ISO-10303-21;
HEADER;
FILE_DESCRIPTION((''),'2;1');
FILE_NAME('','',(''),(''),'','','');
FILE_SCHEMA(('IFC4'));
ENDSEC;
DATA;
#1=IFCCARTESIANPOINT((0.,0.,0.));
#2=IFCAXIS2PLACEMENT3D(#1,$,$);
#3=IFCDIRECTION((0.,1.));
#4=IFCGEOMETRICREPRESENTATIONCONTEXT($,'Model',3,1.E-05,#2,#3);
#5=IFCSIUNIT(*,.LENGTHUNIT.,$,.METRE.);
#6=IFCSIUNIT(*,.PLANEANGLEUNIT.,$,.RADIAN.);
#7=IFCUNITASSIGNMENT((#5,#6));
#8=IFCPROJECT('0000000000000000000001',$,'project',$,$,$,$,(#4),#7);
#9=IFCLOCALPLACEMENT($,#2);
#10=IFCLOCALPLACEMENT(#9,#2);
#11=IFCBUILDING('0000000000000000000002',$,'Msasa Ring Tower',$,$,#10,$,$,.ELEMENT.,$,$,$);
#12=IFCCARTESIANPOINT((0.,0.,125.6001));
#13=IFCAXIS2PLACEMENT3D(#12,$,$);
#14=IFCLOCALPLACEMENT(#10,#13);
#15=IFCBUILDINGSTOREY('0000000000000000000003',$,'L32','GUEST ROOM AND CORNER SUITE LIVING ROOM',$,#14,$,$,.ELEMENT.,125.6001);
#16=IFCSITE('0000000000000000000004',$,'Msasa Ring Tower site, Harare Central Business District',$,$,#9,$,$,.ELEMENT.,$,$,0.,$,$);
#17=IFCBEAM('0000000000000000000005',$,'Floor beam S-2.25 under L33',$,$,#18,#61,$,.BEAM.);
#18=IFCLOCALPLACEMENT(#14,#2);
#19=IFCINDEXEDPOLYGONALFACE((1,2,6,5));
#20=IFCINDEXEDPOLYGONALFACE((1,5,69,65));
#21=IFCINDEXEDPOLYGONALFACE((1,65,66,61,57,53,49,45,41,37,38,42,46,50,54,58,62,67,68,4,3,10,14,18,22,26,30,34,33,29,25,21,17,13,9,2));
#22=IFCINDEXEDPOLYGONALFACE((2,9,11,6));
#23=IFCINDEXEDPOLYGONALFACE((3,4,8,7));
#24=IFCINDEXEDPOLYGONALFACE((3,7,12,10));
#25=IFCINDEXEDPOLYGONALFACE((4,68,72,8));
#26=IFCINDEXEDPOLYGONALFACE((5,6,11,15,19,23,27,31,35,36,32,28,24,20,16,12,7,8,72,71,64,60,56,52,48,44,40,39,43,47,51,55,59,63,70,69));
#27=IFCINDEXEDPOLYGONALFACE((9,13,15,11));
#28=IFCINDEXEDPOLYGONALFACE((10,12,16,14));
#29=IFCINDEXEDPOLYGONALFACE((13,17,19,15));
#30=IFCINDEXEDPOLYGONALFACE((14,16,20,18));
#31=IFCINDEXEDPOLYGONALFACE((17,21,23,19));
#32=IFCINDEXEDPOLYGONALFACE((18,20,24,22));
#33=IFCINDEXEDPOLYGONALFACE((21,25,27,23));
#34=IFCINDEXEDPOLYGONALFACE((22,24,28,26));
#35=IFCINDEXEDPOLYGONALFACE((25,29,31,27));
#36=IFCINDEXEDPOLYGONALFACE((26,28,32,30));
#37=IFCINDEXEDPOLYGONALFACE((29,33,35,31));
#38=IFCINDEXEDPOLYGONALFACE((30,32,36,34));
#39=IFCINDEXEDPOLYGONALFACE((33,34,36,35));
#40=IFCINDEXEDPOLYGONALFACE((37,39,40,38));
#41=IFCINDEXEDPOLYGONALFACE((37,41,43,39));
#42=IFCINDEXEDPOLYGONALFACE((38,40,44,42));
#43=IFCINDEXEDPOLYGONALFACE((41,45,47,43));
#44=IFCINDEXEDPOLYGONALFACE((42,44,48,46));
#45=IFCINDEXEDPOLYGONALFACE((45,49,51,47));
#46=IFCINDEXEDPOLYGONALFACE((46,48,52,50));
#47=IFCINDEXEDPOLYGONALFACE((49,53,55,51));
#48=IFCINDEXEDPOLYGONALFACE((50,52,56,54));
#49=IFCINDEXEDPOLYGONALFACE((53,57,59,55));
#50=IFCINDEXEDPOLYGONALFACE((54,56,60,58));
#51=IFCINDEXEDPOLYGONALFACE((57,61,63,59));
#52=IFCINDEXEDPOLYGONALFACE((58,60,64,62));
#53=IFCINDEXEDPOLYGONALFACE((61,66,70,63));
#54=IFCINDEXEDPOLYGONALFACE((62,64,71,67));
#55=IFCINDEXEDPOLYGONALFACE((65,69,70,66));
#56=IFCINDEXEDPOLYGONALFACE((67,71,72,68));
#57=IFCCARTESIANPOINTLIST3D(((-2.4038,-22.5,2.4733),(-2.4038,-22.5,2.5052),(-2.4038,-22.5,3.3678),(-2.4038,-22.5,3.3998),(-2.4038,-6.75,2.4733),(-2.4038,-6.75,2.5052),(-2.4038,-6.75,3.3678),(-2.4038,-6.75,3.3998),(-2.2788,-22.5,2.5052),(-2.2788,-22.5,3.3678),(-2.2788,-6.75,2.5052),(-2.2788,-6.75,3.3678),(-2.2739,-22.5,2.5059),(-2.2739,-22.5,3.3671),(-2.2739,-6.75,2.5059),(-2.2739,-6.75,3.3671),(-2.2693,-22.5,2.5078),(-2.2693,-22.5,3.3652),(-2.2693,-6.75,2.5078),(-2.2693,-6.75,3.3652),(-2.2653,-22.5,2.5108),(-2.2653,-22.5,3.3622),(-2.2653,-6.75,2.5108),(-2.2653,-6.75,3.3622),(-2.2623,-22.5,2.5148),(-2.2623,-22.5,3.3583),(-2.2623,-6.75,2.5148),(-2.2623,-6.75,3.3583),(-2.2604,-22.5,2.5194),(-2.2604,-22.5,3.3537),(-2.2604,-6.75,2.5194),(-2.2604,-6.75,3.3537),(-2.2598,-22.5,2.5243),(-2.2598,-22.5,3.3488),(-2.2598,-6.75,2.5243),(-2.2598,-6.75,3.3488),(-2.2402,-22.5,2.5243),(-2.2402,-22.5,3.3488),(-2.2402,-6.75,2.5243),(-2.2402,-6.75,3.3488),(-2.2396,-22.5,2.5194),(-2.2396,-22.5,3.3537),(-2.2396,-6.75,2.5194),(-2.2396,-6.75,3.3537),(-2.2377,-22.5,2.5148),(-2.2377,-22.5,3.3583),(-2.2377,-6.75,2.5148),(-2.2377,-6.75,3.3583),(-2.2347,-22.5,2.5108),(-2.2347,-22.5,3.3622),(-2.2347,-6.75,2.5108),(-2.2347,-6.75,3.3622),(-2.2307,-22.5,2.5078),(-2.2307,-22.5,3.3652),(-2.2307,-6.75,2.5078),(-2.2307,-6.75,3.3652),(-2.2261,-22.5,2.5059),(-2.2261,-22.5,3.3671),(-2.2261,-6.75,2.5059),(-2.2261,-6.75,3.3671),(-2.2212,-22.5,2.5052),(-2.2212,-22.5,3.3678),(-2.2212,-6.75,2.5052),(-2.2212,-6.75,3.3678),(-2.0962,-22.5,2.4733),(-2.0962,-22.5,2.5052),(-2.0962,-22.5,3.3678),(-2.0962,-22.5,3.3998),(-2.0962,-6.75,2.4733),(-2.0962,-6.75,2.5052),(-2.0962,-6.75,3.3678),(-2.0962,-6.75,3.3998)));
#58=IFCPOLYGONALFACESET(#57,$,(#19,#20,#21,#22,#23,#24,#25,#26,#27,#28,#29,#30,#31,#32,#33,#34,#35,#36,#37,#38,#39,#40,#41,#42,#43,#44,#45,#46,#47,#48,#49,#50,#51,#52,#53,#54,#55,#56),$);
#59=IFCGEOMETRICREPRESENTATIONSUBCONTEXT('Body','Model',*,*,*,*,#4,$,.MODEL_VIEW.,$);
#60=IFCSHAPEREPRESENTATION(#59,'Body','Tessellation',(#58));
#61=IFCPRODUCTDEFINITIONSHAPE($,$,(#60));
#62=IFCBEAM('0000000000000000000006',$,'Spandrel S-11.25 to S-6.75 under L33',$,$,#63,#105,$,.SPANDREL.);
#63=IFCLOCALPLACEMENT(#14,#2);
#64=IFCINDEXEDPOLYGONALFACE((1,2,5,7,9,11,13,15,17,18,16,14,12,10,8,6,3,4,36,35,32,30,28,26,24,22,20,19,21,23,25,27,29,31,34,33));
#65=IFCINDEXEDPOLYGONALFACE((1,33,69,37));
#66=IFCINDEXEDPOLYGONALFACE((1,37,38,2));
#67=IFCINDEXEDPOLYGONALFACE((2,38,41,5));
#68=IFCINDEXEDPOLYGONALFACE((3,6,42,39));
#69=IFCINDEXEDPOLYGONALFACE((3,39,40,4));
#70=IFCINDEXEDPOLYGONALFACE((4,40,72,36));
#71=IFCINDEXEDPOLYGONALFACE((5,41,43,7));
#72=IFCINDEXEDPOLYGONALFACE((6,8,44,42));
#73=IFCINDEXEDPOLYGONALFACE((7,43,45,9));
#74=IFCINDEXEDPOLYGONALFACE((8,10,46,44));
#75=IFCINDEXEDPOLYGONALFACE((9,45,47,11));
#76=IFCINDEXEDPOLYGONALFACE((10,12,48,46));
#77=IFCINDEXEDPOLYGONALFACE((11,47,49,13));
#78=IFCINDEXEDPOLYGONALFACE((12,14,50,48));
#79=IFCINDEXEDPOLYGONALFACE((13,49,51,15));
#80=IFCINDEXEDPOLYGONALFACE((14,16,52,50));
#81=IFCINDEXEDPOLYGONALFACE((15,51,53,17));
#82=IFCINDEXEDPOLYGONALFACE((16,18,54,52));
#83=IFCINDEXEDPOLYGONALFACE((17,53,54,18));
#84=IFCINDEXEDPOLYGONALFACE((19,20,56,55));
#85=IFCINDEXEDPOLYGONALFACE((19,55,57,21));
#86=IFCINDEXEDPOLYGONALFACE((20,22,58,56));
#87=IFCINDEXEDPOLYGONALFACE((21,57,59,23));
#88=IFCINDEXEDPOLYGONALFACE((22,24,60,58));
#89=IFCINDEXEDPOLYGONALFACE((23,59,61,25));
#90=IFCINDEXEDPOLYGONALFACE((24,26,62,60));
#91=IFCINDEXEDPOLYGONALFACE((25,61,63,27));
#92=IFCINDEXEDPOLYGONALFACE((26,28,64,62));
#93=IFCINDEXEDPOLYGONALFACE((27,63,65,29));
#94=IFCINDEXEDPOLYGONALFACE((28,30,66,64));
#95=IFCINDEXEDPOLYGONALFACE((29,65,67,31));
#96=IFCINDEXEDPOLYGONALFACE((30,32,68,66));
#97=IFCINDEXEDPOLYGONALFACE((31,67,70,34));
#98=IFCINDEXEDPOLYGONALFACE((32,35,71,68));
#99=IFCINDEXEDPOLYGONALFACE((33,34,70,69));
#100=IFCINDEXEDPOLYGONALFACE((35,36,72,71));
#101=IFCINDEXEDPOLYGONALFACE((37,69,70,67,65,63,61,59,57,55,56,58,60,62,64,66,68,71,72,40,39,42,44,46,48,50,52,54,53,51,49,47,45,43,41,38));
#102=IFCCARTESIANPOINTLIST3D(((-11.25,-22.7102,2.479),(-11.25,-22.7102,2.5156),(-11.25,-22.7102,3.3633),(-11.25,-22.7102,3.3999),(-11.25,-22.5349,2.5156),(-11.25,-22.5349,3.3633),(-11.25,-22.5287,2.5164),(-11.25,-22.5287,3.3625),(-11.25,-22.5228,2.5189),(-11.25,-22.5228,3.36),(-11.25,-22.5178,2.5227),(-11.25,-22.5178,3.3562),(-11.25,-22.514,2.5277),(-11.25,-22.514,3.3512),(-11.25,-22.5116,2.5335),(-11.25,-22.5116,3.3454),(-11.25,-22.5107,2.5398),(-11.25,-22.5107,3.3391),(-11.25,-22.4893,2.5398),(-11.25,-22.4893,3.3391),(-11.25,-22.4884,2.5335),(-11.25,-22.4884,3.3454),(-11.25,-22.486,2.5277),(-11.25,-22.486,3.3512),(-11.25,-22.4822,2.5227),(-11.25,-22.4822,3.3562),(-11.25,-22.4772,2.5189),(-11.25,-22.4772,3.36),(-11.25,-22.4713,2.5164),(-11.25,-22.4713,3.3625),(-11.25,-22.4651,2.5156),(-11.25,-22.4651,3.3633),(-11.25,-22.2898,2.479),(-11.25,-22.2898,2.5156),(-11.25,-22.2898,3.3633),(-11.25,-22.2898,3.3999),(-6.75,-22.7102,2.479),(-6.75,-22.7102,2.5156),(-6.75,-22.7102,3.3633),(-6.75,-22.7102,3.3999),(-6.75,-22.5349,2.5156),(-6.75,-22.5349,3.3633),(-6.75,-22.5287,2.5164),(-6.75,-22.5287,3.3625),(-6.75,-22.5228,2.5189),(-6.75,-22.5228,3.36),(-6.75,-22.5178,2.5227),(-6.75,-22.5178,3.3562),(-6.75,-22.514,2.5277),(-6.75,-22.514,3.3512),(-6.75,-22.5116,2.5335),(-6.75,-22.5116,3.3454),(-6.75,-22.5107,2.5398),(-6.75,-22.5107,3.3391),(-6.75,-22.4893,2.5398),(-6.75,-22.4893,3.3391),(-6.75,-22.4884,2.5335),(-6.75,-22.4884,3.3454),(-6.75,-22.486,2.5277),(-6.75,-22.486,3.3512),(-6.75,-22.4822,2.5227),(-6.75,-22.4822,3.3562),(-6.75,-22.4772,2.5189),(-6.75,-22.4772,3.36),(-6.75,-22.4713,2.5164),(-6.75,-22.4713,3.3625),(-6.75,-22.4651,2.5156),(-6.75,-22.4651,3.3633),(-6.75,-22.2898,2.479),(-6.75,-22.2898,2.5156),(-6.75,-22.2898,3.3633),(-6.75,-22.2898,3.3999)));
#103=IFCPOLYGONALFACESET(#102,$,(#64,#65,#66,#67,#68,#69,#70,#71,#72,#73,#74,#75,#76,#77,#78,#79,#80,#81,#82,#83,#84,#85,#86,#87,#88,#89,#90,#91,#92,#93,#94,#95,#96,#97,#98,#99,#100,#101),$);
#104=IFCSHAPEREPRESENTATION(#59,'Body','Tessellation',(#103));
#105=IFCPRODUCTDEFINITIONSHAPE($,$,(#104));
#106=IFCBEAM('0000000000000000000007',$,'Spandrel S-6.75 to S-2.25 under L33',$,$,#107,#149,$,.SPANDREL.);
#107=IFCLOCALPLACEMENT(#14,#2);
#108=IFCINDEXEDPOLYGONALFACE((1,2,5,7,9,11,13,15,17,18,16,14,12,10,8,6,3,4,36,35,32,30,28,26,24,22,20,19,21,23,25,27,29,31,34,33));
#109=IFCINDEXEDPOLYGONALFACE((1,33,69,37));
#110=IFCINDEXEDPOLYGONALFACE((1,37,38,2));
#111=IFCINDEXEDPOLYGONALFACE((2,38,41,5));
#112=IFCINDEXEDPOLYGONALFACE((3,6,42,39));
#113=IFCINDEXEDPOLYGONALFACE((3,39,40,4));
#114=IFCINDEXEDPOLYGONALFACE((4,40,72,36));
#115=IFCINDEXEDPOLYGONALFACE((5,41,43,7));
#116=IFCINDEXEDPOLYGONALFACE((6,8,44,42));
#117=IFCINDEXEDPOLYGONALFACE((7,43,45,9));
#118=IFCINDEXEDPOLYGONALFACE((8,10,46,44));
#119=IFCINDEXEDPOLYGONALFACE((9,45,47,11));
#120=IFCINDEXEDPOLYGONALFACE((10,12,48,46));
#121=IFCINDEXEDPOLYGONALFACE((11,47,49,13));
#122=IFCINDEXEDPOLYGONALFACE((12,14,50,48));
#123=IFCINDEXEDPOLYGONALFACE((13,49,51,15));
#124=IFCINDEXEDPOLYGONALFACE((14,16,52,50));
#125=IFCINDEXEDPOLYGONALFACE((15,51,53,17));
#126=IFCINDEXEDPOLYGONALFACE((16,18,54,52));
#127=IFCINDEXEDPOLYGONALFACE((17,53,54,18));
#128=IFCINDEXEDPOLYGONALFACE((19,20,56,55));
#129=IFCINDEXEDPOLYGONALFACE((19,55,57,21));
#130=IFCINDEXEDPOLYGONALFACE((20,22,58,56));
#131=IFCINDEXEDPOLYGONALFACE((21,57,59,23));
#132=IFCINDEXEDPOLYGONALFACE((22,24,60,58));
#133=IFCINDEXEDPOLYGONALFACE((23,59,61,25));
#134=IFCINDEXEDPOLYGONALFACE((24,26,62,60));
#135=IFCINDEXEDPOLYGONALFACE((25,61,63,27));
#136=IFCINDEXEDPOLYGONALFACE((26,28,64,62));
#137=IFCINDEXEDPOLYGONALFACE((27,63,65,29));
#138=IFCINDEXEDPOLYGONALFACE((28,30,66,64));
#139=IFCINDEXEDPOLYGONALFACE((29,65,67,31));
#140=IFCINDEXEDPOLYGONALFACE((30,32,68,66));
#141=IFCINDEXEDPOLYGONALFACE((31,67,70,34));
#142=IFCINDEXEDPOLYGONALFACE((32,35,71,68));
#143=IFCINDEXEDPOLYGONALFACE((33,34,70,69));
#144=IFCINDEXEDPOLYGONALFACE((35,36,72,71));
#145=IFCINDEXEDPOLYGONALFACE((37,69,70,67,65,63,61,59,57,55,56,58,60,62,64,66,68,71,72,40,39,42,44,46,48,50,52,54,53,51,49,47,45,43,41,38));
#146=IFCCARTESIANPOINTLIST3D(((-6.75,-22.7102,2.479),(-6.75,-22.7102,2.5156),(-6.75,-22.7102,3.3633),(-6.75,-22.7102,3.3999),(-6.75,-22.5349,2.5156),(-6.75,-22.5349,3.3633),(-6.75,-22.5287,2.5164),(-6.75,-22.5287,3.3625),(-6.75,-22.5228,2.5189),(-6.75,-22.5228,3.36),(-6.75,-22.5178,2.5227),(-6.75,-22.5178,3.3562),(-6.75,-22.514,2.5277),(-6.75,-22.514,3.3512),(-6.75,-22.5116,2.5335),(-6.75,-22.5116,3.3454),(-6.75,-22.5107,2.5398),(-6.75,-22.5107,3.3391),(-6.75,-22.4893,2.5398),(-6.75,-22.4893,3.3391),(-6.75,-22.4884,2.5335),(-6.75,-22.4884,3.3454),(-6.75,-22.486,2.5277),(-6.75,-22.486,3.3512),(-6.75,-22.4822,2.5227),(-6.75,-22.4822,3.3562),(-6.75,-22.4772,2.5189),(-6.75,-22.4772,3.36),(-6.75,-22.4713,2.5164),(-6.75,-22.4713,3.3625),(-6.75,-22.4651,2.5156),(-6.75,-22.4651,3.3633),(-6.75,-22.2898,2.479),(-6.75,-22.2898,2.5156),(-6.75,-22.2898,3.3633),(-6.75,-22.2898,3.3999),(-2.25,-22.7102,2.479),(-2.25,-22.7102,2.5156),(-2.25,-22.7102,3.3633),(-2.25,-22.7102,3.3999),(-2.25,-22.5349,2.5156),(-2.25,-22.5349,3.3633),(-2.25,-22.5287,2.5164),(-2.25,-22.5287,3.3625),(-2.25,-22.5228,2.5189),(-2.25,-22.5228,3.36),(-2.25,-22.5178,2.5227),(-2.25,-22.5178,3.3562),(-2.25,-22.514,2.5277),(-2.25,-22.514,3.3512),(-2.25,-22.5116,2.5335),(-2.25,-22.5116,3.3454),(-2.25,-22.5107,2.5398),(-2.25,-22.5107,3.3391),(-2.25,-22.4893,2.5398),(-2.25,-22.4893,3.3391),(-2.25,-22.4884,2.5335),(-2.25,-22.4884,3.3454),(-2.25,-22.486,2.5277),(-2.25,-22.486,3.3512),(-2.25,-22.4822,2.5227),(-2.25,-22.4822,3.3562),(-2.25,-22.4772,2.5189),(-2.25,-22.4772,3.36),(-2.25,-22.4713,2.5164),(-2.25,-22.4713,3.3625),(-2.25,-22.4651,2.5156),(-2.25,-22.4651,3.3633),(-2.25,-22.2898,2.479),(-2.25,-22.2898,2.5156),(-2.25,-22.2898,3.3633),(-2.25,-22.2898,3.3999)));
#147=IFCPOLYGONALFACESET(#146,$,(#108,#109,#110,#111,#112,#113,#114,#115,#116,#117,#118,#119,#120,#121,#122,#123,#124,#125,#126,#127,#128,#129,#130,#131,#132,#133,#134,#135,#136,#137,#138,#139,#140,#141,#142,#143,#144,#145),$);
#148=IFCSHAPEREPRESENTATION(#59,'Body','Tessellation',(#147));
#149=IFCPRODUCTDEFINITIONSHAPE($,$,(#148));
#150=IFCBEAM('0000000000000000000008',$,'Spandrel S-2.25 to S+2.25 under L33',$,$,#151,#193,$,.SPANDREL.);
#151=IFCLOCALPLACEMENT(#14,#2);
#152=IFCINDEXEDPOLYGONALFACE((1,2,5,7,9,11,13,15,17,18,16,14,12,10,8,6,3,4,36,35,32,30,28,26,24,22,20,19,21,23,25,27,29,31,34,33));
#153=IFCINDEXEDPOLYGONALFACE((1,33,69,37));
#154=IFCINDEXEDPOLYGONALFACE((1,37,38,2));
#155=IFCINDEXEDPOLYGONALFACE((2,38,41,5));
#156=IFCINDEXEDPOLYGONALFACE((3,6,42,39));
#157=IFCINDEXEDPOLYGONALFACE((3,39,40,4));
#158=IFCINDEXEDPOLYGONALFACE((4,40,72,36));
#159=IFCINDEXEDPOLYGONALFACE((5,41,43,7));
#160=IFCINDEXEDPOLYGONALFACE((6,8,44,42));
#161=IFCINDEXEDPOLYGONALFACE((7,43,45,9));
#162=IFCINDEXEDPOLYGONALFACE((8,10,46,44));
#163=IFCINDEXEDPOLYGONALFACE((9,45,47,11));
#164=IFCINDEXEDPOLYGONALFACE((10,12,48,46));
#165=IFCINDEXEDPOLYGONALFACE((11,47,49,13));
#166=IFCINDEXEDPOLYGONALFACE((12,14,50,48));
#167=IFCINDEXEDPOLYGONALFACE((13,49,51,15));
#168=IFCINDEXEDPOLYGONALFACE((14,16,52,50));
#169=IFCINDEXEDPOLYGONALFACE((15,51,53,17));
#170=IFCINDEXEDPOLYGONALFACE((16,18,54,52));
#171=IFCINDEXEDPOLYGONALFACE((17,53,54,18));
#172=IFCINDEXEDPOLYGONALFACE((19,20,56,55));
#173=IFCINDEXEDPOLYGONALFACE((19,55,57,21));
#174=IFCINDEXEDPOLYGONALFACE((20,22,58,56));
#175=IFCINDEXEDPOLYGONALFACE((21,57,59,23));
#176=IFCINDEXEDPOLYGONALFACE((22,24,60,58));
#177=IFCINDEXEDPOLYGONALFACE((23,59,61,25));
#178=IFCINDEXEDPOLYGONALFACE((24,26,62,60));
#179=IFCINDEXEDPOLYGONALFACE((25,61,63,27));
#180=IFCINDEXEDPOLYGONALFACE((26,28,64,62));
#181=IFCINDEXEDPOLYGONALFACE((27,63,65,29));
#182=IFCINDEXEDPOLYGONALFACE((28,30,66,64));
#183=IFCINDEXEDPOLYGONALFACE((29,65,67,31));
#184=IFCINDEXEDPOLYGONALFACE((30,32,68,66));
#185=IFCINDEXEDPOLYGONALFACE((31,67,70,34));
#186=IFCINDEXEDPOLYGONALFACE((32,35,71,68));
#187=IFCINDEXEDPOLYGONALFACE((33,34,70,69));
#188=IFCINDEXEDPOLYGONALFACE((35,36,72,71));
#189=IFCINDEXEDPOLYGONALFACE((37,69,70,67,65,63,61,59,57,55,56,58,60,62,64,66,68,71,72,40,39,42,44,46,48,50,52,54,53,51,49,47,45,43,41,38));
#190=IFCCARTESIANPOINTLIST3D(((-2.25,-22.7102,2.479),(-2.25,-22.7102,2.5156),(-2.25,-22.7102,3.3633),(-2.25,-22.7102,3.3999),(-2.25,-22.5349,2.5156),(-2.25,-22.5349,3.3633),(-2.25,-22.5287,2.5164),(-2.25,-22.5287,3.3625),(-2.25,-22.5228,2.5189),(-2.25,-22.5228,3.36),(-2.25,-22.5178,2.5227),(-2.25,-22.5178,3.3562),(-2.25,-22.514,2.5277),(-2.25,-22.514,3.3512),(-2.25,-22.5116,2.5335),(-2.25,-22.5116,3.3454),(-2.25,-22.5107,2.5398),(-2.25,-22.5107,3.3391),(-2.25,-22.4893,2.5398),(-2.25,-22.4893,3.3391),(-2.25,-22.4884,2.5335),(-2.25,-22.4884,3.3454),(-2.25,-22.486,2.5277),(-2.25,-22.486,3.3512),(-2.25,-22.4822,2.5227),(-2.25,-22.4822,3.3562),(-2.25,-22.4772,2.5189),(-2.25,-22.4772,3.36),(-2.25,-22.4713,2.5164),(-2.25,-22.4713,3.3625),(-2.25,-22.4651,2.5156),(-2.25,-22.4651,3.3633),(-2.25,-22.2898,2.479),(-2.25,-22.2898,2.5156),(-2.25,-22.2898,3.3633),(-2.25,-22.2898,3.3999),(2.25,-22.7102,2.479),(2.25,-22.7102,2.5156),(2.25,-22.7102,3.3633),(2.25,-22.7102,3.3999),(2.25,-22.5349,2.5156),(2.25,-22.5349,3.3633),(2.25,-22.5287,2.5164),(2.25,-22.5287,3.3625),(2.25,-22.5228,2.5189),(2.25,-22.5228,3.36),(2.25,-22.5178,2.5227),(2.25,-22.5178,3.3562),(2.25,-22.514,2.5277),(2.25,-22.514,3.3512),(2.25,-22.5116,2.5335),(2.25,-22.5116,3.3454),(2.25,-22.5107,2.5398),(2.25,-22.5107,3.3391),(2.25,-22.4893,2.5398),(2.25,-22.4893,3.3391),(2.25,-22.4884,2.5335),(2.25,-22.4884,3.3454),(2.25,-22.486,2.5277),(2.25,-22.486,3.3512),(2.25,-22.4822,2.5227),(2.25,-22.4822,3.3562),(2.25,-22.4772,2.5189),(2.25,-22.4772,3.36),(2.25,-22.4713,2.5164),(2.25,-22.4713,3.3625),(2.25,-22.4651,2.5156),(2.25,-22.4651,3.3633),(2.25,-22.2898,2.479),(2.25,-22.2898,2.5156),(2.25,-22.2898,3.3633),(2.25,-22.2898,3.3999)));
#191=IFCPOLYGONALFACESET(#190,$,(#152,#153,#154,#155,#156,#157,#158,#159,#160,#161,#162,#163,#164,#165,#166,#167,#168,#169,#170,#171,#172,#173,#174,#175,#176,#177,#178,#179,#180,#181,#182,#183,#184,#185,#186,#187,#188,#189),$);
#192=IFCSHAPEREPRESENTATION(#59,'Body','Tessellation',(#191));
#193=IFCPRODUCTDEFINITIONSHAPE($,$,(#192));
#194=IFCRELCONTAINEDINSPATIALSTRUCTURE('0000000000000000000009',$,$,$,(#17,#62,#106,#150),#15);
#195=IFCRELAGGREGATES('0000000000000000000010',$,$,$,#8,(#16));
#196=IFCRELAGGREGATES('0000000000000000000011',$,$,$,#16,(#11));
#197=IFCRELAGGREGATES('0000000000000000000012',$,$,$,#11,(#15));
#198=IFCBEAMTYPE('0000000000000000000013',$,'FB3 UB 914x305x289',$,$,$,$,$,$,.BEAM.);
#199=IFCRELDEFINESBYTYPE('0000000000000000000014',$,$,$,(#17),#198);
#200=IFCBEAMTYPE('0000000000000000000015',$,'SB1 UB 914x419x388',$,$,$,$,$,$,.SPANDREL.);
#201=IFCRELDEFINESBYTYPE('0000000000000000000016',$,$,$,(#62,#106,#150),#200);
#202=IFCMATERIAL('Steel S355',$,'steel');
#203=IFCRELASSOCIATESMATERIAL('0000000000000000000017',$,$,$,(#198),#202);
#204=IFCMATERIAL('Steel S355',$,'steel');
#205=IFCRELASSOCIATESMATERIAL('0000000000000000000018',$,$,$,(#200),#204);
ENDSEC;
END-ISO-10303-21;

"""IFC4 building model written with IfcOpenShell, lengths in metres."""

from ifc_helpers import new_model, si_unit, direction, frame, origin, origin_2d, place, context, subcontext, project, spatial, i_section, extrude, material, material_profile, profile_set, type_object, element, save


model = new_model("IFC4")

# Units and contexts
model_context = context("Model", 3, precision=1e-05, world=origin(), true_north=direction((0.0, 1.0)))
body_context = subcontext(model_context, "Body", "Model", "MODEL_VIEW")
ifc_project = project(units=[si_unit("LENGTHUNIT", "METRE"), si_unit("PLANEANGLEUNIT", "RADIAN")], contexts=[model_context])

# Site, building, storey
site_placement = place(None, origin())
site = spatial("IfcSite", under=ifc_project, at=site_placement, Name="Msasa Ring Tower site, Harare Central Business District", CompositionType="ELEMENT", RefElevation=0.0)
building_placement = place(site_placement, origin())
building = spatial("IfcBuilding", under=site, at=building_placement, Name="Msasa Ring Tower", CompositionType="ELEMENT")
storey_placement = place(building_placement, frame((0.0, 0.0, 125.6001)))
storey = spatial("IfcBuildingStorey", under=building, at=storey_placement, Name="L32", Description="GUEST ROOM AND CORNER SUITE LIVING ROOM", CompositionType="ELEMENT", Elevation=125.6001)

# Beams
ifc_material_1 = material(Name="Steel S355", Category="steel")
ifc_material_profile_1 = material_profile(ifc_material_1, i_section(OverallWidth=0.3076, OverallDepth=0.9265, WebThickness=0.0195, FlangeThickness=0.032, FilletRadius=0.019, at=origin_2d()), Name="UB 914x305x289")
ifc_profile_set_1 = profile_set([ifc_material_profile_1], Name="Steel S355")
beam_type_1 = type_object("IfcBeamType", Name="FB3 UB 914x305x289", PredefinedType="BEAM", material=ifc_profile_set_1)
for number, where, z_axis, x_axis, name in (
    (1, (-2.25, -22.5, 2.9365), (0.0, 1.0, 0.0), (-1.0, 0.0, 0.0), "Floor beam S-2.25 under L33"),
):
    element("IfcBeam", number, at=place(storey_placement, frame(where, z_axis=z_axis, x_axis=x_axis)), inside=storey, type_object=beam_type_1, Name=name, PredefinedType="BEAM", context=body_context, shape_type="SweptSolid", body=[
        extrude(i_section(OverallWidth=0.3076, OverallDepth=0.9265, WebThickness=0.0195, FlangeThickness=0.032, FilletRadius=0.019, at=origin_2d()), origin(), (0.0, 0.0, 1.0), 15.75),
    ])
ifc_material_2 = material(Name="Steel S355", Category="steel")
ifc_material_profile_2 = material_profile(ifc_material_2, i_section(OverallWidth=0.4204, OverallDepth=0.9209, WebThickness=0.0215, FlangeThickness=0.0366, FilletRadius=0.0242, at=origin_2d()), Name="UB 914x419x388")
ifc_profile_set_2 = profile_set([ifc_material_profile_2], Name="Steel S355")
beam_type_2 = type_object("IfcBeamType", Name="SB1 UB 914x419x388", PredefinedType="SPANDREL", material=ifc_profile_set_2)
for number, where, z_axis, x_axis, name in (
    (2, (-11.25, -22.5, 2.9395), (1.0, 0.0, 0.0), (0.0, 1.0, 0.0), "Spandrel S-11.25 to S-6.75 under L33"),
    (3, (-6.75, -22.5, 2.9395), (1.0, 0.0, 0.0), (0.0, 1.0, 0.0), "Spandrel S-6.75 to S-2.25 under L33"),
    (4, (-2.25, -22.5, 2.9395), (1.0, 0.0, 0.0), (0.0, 1.0, 0.0), "Spandrel S-2.25 to S+2.25 under L33"),
):
    element("IfcBeam", number, at=place(storey_placement, frame(where, z_axis=z_axis, x_axis=x_axis)), inside=storey, type_object=beam_type_2, Name=name, PredefinedType="SPANDREL", context=body_context, shape_type="SweptSolid", body=[
        extrude(i_section(OverallWidth=0.4204, OverallDepth=0.9209, WebThickness=0.0215, FlangeThickness=0.0366, FilletRadius=0.0242, at=origin_2d()), origin(), (0.0, 0.0, 1.0), 4.5),
    ])

save(model, "model.ifc")
